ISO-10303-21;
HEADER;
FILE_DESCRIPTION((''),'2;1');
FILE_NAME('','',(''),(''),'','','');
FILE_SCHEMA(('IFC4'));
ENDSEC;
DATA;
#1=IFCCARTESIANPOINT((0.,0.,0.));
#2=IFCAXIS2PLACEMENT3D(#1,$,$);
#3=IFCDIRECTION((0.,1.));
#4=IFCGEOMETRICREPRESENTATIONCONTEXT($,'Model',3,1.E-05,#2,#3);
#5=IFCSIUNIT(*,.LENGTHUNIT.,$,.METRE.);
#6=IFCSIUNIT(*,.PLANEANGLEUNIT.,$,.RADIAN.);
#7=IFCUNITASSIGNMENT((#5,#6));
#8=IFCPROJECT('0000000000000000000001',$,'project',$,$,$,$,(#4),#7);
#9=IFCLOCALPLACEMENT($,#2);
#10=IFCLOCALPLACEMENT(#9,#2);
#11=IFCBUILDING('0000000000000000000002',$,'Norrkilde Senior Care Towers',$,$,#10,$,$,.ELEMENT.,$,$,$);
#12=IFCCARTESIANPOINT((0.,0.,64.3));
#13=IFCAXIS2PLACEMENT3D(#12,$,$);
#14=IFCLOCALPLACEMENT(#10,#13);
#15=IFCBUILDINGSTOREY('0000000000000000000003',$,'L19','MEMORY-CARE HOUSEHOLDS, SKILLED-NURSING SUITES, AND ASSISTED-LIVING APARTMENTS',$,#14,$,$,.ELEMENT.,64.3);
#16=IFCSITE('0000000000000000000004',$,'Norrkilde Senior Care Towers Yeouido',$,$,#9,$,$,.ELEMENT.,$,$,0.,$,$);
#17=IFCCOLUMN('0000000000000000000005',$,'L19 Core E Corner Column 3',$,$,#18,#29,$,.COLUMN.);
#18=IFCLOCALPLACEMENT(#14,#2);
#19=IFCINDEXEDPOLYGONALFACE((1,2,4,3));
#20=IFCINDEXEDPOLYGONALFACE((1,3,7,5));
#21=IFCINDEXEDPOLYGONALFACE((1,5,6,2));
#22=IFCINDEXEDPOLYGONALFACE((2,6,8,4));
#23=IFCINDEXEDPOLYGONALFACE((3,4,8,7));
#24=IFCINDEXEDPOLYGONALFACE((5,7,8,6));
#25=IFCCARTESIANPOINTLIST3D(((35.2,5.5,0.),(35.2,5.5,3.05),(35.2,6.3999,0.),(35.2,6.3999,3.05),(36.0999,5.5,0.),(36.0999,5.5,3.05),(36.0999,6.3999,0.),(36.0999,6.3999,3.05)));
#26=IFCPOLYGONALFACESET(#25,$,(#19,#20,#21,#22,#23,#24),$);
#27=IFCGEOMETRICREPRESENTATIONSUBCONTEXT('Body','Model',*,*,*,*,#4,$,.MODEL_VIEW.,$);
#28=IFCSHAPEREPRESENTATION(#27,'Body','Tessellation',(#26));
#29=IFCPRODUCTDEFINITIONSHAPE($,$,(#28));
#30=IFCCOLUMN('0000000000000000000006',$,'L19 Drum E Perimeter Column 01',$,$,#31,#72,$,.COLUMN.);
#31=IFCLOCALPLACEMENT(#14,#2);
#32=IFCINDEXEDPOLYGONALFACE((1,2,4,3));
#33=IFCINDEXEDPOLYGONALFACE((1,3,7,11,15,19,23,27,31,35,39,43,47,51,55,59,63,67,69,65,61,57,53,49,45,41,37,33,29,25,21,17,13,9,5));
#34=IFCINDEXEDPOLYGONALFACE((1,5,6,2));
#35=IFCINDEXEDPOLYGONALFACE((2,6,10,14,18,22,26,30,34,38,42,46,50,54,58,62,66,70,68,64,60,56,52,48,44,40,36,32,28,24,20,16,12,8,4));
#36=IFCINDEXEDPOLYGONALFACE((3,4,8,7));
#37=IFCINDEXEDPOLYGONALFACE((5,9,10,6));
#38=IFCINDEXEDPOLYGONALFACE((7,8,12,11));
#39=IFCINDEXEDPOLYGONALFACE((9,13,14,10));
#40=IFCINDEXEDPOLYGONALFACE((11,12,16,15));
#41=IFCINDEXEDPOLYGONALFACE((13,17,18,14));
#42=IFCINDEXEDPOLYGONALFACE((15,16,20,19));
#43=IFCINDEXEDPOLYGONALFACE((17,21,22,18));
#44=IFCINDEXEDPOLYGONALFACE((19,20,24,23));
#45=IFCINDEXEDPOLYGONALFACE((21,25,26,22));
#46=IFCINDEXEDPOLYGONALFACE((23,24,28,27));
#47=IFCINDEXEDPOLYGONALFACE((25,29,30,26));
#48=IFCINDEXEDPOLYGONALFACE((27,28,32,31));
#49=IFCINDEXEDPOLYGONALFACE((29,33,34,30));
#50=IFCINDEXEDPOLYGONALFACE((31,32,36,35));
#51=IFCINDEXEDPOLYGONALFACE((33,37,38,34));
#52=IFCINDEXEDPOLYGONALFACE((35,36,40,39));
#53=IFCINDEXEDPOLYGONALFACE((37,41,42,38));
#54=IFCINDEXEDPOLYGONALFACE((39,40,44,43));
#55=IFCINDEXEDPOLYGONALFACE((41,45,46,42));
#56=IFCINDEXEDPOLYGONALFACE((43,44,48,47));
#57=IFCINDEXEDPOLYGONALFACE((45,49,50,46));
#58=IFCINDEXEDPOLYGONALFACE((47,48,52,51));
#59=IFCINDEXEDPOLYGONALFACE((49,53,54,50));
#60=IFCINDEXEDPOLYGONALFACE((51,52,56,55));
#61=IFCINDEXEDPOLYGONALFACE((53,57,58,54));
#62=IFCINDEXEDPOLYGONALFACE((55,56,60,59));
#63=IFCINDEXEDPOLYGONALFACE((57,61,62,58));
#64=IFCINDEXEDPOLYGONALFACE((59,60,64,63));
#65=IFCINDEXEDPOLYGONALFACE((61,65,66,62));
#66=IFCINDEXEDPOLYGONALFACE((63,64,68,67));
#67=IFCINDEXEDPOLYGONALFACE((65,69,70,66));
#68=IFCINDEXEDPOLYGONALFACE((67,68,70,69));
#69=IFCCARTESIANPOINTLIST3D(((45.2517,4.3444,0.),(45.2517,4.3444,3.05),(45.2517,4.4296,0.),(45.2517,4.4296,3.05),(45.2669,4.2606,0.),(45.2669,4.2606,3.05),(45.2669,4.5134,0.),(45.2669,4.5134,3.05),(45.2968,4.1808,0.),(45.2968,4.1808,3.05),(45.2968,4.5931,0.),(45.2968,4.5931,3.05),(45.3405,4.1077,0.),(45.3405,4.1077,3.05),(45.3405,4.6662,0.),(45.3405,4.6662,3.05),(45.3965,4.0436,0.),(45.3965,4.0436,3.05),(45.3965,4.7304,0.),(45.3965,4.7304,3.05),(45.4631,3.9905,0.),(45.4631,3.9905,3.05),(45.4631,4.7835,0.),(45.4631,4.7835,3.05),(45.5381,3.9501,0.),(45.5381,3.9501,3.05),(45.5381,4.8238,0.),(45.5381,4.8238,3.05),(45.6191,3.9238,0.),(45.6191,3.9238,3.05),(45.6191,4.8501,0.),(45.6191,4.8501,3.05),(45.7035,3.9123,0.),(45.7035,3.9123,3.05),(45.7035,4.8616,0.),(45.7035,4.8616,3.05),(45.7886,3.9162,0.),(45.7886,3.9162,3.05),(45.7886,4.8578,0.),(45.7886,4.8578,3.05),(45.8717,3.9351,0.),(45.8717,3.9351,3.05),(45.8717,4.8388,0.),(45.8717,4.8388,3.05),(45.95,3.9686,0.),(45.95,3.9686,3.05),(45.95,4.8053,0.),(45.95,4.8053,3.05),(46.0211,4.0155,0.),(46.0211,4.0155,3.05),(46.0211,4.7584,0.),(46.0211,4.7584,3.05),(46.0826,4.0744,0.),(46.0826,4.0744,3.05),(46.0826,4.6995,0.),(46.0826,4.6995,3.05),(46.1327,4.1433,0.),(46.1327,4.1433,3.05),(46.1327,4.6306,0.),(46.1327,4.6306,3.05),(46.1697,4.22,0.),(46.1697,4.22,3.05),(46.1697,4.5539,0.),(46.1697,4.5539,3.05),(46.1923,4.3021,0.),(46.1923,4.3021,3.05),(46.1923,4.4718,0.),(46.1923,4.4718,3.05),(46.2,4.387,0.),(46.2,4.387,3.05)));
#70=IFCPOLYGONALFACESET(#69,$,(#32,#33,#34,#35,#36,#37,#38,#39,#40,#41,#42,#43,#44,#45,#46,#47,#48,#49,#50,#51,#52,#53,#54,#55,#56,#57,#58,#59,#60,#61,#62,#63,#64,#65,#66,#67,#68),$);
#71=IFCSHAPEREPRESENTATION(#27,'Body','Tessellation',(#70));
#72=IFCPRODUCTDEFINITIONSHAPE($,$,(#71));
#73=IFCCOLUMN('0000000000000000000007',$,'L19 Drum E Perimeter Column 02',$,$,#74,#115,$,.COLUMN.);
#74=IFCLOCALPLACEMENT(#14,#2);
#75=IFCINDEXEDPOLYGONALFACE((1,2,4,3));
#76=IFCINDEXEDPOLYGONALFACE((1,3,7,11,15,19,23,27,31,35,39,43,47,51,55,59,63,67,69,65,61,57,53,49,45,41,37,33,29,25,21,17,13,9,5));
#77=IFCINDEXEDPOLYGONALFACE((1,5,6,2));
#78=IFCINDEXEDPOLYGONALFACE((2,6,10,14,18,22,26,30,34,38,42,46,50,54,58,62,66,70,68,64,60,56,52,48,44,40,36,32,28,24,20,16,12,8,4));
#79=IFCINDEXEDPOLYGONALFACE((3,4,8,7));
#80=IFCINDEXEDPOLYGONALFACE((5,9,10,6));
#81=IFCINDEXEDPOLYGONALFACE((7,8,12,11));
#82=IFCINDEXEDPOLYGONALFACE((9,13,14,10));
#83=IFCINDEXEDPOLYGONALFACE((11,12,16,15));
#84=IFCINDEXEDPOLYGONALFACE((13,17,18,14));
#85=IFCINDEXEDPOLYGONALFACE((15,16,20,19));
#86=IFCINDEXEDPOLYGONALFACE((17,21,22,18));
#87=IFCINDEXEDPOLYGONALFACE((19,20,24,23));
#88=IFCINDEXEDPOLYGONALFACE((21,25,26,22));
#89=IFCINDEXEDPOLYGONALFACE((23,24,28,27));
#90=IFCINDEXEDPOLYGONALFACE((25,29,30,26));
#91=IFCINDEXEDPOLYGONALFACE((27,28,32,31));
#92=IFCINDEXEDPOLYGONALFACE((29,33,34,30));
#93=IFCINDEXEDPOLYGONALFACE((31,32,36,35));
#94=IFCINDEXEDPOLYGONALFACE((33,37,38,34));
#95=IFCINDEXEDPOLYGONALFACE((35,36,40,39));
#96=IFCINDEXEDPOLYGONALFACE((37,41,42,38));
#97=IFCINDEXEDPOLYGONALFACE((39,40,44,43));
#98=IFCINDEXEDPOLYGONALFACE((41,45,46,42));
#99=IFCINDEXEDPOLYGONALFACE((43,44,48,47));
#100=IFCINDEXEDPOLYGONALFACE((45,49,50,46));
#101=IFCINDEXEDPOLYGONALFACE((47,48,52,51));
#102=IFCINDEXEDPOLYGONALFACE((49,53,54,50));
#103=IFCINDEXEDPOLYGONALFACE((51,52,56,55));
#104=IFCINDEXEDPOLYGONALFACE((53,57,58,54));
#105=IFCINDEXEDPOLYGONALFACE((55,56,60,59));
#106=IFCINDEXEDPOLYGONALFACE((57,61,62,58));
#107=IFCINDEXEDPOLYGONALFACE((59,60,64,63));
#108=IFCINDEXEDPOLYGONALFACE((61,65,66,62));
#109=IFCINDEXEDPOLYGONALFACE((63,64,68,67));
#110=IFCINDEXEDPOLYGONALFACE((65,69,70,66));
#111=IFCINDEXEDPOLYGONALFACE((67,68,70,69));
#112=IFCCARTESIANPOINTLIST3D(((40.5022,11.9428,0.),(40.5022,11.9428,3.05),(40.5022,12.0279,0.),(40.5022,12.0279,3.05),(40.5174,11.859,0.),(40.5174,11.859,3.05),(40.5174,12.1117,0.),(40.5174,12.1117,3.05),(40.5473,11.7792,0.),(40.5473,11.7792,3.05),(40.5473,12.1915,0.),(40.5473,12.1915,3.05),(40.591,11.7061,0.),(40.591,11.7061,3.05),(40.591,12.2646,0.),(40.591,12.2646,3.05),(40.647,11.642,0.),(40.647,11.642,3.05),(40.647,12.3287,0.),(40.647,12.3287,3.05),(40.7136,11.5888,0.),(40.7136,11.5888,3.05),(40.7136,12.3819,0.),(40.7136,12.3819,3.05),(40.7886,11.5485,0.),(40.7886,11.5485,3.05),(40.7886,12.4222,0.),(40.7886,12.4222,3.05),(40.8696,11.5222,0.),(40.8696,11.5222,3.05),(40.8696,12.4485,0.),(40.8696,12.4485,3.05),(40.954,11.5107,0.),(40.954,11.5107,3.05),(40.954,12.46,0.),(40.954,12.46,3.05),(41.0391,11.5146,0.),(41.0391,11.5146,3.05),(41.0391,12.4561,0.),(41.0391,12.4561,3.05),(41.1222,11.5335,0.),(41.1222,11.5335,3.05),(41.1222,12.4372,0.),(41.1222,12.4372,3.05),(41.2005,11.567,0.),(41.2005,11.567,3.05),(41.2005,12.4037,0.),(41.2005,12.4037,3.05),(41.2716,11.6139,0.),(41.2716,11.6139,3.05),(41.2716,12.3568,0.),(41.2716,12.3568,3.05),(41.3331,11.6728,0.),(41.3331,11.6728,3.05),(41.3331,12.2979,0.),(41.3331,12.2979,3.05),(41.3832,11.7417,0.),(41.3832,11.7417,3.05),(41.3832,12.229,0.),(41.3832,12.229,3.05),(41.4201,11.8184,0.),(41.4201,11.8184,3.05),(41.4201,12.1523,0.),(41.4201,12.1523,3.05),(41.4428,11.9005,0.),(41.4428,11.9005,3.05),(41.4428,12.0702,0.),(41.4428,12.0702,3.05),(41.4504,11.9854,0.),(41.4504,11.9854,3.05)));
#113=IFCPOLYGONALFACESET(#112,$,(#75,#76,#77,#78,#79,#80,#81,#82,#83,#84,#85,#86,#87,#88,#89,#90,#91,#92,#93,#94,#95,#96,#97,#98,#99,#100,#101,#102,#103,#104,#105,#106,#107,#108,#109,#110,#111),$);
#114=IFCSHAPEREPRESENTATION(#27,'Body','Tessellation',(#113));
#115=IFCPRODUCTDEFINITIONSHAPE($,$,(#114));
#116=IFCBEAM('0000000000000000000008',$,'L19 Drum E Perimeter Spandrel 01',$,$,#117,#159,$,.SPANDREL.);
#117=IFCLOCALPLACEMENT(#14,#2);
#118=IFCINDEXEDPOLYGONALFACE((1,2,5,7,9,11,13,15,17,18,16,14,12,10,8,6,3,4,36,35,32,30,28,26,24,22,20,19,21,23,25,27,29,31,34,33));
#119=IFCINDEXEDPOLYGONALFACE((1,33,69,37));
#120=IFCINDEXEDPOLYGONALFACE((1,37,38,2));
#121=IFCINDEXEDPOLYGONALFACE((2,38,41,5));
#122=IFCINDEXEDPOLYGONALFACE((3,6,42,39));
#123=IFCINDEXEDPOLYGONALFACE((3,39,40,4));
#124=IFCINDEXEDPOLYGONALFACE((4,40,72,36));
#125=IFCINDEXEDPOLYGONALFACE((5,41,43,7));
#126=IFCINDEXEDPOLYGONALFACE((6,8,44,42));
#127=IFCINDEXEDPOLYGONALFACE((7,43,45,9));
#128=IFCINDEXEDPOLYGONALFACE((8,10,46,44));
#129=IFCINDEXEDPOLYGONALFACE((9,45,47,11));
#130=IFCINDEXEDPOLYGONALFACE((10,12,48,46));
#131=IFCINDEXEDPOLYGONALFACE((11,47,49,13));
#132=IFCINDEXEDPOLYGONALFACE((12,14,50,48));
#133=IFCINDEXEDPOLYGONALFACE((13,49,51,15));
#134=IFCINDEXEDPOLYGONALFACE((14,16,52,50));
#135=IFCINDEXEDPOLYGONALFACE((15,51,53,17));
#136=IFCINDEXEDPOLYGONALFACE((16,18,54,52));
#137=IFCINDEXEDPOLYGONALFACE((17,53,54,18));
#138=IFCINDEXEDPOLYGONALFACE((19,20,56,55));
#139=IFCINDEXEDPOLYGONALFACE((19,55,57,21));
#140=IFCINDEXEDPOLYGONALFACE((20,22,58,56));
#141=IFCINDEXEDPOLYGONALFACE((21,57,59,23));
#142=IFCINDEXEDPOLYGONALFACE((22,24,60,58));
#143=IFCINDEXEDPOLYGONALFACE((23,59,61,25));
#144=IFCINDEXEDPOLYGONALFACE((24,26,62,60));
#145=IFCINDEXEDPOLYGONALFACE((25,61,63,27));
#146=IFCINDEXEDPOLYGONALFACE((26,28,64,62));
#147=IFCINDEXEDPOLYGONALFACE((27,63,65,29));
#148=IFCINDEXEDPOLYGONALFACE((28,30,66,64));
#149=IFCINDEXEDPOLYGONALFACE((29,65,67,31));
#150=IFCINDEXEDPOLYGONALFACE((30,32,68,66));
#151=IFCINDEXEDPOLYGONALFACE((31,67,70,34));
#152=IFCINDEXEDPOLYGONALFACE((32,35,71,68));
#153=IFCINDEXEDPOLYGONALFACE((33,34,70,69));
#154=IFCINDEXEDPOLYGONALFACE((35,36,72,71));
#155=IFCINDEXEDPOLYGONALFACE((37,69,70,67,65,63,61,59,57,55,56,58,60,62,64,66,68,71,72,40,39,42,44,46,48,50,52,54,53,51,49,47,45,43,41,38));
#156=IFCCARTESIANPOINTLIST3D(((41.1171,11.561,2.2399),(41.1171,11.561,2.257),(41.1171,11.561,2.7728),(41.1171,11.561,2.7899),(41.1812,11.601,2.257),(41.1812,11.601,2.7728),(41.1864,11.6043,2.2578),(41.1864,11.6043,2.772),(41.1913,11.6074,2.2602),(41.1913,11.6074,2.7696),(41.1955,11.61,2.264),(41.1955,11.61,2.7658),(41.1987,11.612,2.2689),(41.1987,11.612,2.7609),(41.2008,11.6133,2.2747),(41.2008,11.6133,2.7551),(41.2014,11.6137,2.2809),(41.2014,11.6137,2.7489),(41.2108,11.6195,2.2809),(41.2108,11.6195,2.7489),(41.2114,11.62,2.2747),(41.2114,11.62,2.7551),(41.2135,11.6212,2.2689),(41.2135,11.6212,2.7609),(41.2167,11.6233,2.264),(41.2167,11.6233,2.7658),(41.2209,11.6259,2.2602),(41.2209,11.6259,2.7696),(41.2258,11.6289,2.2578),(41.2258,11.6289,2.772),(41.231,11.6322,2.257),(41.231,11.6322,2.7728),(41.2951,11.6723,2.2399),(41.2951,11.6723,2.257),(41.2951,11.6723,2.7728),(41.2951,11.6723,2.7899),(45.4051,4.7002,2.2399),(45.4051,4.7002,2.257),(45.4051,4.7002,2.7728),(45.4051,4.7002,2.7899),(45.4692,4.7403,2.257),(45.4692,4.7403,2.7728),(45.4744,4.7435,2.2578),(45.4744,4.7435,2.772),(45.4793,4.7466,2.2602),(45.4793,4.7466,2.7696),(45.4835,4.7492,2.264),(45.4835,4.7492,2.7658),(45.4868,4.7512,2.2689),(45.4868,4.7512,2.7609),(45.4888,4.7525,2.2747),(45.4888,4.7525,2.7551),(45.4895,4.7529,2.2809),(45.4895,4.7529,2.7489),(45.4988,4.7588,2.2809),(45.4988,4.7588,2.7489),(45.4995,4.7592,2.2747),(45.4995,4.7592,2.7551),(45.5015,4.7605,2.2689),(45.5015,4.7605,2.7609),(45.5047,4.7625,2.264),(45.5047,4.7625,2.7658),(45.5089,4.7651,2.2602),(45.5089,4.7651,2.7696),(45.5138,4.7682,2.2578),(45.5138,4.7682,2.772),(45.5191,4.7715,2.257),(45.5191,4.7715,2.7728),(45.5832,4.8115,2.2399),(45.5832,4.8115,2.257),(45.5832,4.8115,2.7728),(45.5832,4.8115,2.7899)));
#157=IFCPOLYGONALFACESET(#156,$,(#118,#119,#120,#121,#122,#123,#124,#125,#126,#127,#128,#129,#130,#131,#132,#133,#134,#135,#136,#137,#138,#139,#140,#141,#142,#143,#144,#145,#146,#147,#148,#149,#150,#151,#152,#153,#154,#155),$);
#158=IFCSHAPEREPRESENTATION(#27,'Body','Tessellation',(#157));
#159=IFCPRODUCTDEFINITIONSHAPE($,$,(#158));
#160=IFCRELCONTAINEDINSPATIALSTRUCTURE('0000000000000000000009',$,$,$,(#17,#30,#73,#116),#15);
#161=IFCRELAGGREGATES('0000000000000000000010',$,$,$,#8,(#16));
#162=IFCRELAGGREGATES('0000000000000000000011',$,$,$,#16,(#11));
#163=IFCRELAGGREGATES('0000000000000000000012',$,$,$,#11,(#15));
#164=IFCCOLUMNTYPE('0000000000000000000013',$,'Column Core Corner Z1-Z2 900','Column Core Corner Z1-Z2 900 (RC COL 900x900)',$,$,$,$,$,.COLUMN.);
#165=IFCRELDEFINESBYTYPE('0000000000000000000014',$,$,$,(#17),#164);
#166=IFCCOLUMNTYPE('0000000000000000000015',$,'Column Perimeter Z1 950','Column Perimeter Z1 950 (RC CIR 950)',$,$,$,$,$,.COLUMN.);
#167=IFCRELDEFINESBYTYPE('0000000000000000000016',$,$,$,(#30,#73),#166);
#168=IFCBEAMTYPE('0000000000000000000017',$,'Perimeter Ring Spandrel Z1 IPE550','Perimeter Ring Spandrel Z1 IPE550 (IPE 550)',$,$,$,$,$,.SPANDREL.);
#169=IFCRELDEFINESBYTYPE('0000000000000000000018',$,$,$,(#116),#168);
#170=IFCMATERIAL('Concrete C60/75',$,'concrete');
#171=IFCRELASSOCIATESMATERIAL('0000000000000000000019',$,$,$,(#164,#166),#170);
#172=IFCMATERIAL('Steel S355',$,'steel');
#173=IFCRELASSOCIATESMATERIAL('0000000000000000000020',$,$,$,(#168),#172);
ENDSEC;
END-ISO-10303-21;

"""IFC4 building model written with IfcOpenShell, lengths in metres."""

from ifc_helpers import new_model, si_unit, direction, frame, origin, origin_2d, place, context, subcontext, project, spatial, rectangle, circle, i_section, extrude, source, transform, mapped, material, material_profile, profile_set, type_object, type_shapes, element, save


model = new_model("IFC4")

# Units and contexts
model_context = context("Model", 3, precision=1e-05, world=origin(), true_north=direction((0.0, 1.0)))
body_context = subcontext(model_context, "Body", "Model", "MODEL_VIEW")
ifc_project = project(units=[si_unit("LENGTHUNIT", "METRE"), si_unit("PLANEANGLEUNIT", "RADIAN")], contexts=[model_context])

# Site, building, storey
site_placement = place(None, origin())
site = spatial("IfcSite", under=ifc_project, at=site_placement, Name="Norrkilde Senior Care Towers Yeouido", CompositionType="ELEMENT", RefElevation=0.0)
building_placement = place(site_placement, origin())
building = spatial("IfcBuilding", under=site, at=building_placement, Name="Norrkilde Senior Care Towers", CompositionType="ELEMENT")
storey_placement = place(building_placement, frame((0.0, 0.0, 64.3)))
storey = spatial("IfcBuildingStorey", under=building, at=storey_placement, Name="L19", Description="MEMORY-CARE HOUSEHOLDS, SKILLED-NURSING SUITES, AND ASSISTED-LIVING APARTMENTS", CompositionType="ELEMENT", Elevation=64.3)

# Columns
ifc_material_1 = material(Name="Concrete C60/75", Category="concrete")
ifc_material_profile_1 = material_profile(ifc_material_1, rectangle(XDim=0.8999, YDim=0.8999, at=origin_2d()), Name="RC COL 900x900")
ifc_profile_set_1 = profile_set([ifc_material_profile_1], Name="Concrete C60/75")
column_type_1 = type_object("IfcColumnType", Name="Column Core Corner Z1-Z2 900", Description="Column Core Corner Z1-Z2 900 (RC COL 900x900)", PredefinedType="COLUMN", material=ifc_profile_set_1)
shared_shape_1 = source(origin(), body_context, "Body", "SweptSolid", [
    extrude(rectangle(XDim=0.8999, YDim=0.8999, at=origin_2d()), origin(), (0.0, 0.0, 1.0), 3.05),
])
type_shapes(column_type_1, [shared_shape_1])
column_placement = place(storey_placement, frame((35.6499, 5.95, 0.0), z_axis=(0.0, 0.0, 1.0), x_axis=(1.0, 0.0, 0.0)))
element("IfcColumn", 1, at=column_placement, inside=storey, type_object=column_type_1, Name="L19 Core E Corner Column 3", PredefinedType="COLUMN", context=body_context, shape_type="MappedRepresentation", body=[
    mapped(shared_shape_1, transform((0.0, 0.0, 0.0), x_axis=(1.0, 0.0, 0.0), y_axis=(0.0, 1.0, 0.0), z_axis=(0.0, 0.0, 1.0), scale=1.0)),
])
ifc_material_profile_2 = material_profile(ifc_material_1, circle(Radius=0.4751, at=origin_2d()), Name="RC CIR 950")
ifc_profile_set_2 = profile_set([ifc_material_profile_2], Name="Concrete C60/75")
column_type_2 = type_object("IfcColumnType", Name="Column Perimeter Z1 950", Description="Column Perimeter Z1 950 (RC CIR 950)", PredefinedType="COLUMN", material=ifc_profile_set_2)
shared_shape_2 = source(origin(), body_context, "Body", "SweptSolid", [
    extrude(circle(Radius=0.4751, at=origin_2d()), origin(), (0.0, 0.0, 1.0), 3.05),
])
type_shapes(column_type_2, [shared_shape_2])
for number, where, z_axis, x_axis, name in (
    (2, (45.7249, 4.387, 0.0), (0.0, 0.0, 1.0), (1.0, 0.0, 0.0), "L19 Drum E Perimeter Column 01"),
    (3, (40.9753, 11.9854, 0.0), (0.0, 0.0, 1.0), (1.0, 0.0, 0.0), "L19 Drum E Perimeter Column 02"),
):
    element("IfcColumn", number, at=place(storey_placement, frame(where, z_axis=z_axis, x_axis=x_axis)), inside=storey, type_object=column_type_2, Name=name, PredefinedType="COLUMN", context=body_context, shape_type="MappedRepresentation", body=[
        mapped(shared_shape_2, transform((0.0, 0.0, 0.0), x_axis=(1.0, 0.0, 0.0), y_axis=(0.0, 1.0, 0.0), z_axis=(0.0, 0.0, 1.0), scale=1.0)),
    ])

# Beam
ifc_material_2 = material(Name="Steel S355", Category="steel")
ifc_material_profile_3 = material_profile(ifc_material_2, i_section(OverallWidth=0.21, OverallDepth=0.55, WebThickness=0.011, FlangeThickness=0.0171, FilletRadius=0.0239, at=origin_2d()), Name="IPE 550")
ifc_profile_set_3 = profile_set([ifc_material_profile_3], Name="Steel S355")
beam_type_1 = type_object("IfcBeamType", Name="Perimeter Ring Spandrel Z1 IPE550", Description="Perimeter Ring Spandrel Z1 IPE550 (IPE 550)", PredefinedType="SPANDREL", material=ifc_profile_set_3)
shared_shape_3 = source(origin(), body_context, "Body", "SweptSolid", [
    extrude(i_section(OverallWidth=0.21, OverallDepth=0.55, WebThickness=0.011, FlangeThickness=0.0171, FilletRadius=0.0239, at=origin_2d()), origin(), (0.0, 0.0, 1.0), 8.0906),
])
beam_1_placement = place(storey_placement, frame((45.4941, 4.7559, 2.5149), z_axis=(-0.530004, 0.847995, 0.0), x_axis=(-0.847995, -0.530004, 0.0)))
element("IfcBeam", 4, at=beam_1_placement, inside=storey, type_object=beam_type_1, Name="L19 Drum E Perimeter Spandrel 01", PredefinedType="SPANDREL", context=body_context, shape_type="MappedRepresentation", body=[
    mapped(shared_shape_3, transform((0.0, 0.0, 0.0), x_axis=(1.0, 0.0, 0.0), y_axis=(0.0, 1.0, 0.0), z_axis=(0.0, 0.0, 1.0), scale=1.0)),
])

save(model, "model.ifc")
